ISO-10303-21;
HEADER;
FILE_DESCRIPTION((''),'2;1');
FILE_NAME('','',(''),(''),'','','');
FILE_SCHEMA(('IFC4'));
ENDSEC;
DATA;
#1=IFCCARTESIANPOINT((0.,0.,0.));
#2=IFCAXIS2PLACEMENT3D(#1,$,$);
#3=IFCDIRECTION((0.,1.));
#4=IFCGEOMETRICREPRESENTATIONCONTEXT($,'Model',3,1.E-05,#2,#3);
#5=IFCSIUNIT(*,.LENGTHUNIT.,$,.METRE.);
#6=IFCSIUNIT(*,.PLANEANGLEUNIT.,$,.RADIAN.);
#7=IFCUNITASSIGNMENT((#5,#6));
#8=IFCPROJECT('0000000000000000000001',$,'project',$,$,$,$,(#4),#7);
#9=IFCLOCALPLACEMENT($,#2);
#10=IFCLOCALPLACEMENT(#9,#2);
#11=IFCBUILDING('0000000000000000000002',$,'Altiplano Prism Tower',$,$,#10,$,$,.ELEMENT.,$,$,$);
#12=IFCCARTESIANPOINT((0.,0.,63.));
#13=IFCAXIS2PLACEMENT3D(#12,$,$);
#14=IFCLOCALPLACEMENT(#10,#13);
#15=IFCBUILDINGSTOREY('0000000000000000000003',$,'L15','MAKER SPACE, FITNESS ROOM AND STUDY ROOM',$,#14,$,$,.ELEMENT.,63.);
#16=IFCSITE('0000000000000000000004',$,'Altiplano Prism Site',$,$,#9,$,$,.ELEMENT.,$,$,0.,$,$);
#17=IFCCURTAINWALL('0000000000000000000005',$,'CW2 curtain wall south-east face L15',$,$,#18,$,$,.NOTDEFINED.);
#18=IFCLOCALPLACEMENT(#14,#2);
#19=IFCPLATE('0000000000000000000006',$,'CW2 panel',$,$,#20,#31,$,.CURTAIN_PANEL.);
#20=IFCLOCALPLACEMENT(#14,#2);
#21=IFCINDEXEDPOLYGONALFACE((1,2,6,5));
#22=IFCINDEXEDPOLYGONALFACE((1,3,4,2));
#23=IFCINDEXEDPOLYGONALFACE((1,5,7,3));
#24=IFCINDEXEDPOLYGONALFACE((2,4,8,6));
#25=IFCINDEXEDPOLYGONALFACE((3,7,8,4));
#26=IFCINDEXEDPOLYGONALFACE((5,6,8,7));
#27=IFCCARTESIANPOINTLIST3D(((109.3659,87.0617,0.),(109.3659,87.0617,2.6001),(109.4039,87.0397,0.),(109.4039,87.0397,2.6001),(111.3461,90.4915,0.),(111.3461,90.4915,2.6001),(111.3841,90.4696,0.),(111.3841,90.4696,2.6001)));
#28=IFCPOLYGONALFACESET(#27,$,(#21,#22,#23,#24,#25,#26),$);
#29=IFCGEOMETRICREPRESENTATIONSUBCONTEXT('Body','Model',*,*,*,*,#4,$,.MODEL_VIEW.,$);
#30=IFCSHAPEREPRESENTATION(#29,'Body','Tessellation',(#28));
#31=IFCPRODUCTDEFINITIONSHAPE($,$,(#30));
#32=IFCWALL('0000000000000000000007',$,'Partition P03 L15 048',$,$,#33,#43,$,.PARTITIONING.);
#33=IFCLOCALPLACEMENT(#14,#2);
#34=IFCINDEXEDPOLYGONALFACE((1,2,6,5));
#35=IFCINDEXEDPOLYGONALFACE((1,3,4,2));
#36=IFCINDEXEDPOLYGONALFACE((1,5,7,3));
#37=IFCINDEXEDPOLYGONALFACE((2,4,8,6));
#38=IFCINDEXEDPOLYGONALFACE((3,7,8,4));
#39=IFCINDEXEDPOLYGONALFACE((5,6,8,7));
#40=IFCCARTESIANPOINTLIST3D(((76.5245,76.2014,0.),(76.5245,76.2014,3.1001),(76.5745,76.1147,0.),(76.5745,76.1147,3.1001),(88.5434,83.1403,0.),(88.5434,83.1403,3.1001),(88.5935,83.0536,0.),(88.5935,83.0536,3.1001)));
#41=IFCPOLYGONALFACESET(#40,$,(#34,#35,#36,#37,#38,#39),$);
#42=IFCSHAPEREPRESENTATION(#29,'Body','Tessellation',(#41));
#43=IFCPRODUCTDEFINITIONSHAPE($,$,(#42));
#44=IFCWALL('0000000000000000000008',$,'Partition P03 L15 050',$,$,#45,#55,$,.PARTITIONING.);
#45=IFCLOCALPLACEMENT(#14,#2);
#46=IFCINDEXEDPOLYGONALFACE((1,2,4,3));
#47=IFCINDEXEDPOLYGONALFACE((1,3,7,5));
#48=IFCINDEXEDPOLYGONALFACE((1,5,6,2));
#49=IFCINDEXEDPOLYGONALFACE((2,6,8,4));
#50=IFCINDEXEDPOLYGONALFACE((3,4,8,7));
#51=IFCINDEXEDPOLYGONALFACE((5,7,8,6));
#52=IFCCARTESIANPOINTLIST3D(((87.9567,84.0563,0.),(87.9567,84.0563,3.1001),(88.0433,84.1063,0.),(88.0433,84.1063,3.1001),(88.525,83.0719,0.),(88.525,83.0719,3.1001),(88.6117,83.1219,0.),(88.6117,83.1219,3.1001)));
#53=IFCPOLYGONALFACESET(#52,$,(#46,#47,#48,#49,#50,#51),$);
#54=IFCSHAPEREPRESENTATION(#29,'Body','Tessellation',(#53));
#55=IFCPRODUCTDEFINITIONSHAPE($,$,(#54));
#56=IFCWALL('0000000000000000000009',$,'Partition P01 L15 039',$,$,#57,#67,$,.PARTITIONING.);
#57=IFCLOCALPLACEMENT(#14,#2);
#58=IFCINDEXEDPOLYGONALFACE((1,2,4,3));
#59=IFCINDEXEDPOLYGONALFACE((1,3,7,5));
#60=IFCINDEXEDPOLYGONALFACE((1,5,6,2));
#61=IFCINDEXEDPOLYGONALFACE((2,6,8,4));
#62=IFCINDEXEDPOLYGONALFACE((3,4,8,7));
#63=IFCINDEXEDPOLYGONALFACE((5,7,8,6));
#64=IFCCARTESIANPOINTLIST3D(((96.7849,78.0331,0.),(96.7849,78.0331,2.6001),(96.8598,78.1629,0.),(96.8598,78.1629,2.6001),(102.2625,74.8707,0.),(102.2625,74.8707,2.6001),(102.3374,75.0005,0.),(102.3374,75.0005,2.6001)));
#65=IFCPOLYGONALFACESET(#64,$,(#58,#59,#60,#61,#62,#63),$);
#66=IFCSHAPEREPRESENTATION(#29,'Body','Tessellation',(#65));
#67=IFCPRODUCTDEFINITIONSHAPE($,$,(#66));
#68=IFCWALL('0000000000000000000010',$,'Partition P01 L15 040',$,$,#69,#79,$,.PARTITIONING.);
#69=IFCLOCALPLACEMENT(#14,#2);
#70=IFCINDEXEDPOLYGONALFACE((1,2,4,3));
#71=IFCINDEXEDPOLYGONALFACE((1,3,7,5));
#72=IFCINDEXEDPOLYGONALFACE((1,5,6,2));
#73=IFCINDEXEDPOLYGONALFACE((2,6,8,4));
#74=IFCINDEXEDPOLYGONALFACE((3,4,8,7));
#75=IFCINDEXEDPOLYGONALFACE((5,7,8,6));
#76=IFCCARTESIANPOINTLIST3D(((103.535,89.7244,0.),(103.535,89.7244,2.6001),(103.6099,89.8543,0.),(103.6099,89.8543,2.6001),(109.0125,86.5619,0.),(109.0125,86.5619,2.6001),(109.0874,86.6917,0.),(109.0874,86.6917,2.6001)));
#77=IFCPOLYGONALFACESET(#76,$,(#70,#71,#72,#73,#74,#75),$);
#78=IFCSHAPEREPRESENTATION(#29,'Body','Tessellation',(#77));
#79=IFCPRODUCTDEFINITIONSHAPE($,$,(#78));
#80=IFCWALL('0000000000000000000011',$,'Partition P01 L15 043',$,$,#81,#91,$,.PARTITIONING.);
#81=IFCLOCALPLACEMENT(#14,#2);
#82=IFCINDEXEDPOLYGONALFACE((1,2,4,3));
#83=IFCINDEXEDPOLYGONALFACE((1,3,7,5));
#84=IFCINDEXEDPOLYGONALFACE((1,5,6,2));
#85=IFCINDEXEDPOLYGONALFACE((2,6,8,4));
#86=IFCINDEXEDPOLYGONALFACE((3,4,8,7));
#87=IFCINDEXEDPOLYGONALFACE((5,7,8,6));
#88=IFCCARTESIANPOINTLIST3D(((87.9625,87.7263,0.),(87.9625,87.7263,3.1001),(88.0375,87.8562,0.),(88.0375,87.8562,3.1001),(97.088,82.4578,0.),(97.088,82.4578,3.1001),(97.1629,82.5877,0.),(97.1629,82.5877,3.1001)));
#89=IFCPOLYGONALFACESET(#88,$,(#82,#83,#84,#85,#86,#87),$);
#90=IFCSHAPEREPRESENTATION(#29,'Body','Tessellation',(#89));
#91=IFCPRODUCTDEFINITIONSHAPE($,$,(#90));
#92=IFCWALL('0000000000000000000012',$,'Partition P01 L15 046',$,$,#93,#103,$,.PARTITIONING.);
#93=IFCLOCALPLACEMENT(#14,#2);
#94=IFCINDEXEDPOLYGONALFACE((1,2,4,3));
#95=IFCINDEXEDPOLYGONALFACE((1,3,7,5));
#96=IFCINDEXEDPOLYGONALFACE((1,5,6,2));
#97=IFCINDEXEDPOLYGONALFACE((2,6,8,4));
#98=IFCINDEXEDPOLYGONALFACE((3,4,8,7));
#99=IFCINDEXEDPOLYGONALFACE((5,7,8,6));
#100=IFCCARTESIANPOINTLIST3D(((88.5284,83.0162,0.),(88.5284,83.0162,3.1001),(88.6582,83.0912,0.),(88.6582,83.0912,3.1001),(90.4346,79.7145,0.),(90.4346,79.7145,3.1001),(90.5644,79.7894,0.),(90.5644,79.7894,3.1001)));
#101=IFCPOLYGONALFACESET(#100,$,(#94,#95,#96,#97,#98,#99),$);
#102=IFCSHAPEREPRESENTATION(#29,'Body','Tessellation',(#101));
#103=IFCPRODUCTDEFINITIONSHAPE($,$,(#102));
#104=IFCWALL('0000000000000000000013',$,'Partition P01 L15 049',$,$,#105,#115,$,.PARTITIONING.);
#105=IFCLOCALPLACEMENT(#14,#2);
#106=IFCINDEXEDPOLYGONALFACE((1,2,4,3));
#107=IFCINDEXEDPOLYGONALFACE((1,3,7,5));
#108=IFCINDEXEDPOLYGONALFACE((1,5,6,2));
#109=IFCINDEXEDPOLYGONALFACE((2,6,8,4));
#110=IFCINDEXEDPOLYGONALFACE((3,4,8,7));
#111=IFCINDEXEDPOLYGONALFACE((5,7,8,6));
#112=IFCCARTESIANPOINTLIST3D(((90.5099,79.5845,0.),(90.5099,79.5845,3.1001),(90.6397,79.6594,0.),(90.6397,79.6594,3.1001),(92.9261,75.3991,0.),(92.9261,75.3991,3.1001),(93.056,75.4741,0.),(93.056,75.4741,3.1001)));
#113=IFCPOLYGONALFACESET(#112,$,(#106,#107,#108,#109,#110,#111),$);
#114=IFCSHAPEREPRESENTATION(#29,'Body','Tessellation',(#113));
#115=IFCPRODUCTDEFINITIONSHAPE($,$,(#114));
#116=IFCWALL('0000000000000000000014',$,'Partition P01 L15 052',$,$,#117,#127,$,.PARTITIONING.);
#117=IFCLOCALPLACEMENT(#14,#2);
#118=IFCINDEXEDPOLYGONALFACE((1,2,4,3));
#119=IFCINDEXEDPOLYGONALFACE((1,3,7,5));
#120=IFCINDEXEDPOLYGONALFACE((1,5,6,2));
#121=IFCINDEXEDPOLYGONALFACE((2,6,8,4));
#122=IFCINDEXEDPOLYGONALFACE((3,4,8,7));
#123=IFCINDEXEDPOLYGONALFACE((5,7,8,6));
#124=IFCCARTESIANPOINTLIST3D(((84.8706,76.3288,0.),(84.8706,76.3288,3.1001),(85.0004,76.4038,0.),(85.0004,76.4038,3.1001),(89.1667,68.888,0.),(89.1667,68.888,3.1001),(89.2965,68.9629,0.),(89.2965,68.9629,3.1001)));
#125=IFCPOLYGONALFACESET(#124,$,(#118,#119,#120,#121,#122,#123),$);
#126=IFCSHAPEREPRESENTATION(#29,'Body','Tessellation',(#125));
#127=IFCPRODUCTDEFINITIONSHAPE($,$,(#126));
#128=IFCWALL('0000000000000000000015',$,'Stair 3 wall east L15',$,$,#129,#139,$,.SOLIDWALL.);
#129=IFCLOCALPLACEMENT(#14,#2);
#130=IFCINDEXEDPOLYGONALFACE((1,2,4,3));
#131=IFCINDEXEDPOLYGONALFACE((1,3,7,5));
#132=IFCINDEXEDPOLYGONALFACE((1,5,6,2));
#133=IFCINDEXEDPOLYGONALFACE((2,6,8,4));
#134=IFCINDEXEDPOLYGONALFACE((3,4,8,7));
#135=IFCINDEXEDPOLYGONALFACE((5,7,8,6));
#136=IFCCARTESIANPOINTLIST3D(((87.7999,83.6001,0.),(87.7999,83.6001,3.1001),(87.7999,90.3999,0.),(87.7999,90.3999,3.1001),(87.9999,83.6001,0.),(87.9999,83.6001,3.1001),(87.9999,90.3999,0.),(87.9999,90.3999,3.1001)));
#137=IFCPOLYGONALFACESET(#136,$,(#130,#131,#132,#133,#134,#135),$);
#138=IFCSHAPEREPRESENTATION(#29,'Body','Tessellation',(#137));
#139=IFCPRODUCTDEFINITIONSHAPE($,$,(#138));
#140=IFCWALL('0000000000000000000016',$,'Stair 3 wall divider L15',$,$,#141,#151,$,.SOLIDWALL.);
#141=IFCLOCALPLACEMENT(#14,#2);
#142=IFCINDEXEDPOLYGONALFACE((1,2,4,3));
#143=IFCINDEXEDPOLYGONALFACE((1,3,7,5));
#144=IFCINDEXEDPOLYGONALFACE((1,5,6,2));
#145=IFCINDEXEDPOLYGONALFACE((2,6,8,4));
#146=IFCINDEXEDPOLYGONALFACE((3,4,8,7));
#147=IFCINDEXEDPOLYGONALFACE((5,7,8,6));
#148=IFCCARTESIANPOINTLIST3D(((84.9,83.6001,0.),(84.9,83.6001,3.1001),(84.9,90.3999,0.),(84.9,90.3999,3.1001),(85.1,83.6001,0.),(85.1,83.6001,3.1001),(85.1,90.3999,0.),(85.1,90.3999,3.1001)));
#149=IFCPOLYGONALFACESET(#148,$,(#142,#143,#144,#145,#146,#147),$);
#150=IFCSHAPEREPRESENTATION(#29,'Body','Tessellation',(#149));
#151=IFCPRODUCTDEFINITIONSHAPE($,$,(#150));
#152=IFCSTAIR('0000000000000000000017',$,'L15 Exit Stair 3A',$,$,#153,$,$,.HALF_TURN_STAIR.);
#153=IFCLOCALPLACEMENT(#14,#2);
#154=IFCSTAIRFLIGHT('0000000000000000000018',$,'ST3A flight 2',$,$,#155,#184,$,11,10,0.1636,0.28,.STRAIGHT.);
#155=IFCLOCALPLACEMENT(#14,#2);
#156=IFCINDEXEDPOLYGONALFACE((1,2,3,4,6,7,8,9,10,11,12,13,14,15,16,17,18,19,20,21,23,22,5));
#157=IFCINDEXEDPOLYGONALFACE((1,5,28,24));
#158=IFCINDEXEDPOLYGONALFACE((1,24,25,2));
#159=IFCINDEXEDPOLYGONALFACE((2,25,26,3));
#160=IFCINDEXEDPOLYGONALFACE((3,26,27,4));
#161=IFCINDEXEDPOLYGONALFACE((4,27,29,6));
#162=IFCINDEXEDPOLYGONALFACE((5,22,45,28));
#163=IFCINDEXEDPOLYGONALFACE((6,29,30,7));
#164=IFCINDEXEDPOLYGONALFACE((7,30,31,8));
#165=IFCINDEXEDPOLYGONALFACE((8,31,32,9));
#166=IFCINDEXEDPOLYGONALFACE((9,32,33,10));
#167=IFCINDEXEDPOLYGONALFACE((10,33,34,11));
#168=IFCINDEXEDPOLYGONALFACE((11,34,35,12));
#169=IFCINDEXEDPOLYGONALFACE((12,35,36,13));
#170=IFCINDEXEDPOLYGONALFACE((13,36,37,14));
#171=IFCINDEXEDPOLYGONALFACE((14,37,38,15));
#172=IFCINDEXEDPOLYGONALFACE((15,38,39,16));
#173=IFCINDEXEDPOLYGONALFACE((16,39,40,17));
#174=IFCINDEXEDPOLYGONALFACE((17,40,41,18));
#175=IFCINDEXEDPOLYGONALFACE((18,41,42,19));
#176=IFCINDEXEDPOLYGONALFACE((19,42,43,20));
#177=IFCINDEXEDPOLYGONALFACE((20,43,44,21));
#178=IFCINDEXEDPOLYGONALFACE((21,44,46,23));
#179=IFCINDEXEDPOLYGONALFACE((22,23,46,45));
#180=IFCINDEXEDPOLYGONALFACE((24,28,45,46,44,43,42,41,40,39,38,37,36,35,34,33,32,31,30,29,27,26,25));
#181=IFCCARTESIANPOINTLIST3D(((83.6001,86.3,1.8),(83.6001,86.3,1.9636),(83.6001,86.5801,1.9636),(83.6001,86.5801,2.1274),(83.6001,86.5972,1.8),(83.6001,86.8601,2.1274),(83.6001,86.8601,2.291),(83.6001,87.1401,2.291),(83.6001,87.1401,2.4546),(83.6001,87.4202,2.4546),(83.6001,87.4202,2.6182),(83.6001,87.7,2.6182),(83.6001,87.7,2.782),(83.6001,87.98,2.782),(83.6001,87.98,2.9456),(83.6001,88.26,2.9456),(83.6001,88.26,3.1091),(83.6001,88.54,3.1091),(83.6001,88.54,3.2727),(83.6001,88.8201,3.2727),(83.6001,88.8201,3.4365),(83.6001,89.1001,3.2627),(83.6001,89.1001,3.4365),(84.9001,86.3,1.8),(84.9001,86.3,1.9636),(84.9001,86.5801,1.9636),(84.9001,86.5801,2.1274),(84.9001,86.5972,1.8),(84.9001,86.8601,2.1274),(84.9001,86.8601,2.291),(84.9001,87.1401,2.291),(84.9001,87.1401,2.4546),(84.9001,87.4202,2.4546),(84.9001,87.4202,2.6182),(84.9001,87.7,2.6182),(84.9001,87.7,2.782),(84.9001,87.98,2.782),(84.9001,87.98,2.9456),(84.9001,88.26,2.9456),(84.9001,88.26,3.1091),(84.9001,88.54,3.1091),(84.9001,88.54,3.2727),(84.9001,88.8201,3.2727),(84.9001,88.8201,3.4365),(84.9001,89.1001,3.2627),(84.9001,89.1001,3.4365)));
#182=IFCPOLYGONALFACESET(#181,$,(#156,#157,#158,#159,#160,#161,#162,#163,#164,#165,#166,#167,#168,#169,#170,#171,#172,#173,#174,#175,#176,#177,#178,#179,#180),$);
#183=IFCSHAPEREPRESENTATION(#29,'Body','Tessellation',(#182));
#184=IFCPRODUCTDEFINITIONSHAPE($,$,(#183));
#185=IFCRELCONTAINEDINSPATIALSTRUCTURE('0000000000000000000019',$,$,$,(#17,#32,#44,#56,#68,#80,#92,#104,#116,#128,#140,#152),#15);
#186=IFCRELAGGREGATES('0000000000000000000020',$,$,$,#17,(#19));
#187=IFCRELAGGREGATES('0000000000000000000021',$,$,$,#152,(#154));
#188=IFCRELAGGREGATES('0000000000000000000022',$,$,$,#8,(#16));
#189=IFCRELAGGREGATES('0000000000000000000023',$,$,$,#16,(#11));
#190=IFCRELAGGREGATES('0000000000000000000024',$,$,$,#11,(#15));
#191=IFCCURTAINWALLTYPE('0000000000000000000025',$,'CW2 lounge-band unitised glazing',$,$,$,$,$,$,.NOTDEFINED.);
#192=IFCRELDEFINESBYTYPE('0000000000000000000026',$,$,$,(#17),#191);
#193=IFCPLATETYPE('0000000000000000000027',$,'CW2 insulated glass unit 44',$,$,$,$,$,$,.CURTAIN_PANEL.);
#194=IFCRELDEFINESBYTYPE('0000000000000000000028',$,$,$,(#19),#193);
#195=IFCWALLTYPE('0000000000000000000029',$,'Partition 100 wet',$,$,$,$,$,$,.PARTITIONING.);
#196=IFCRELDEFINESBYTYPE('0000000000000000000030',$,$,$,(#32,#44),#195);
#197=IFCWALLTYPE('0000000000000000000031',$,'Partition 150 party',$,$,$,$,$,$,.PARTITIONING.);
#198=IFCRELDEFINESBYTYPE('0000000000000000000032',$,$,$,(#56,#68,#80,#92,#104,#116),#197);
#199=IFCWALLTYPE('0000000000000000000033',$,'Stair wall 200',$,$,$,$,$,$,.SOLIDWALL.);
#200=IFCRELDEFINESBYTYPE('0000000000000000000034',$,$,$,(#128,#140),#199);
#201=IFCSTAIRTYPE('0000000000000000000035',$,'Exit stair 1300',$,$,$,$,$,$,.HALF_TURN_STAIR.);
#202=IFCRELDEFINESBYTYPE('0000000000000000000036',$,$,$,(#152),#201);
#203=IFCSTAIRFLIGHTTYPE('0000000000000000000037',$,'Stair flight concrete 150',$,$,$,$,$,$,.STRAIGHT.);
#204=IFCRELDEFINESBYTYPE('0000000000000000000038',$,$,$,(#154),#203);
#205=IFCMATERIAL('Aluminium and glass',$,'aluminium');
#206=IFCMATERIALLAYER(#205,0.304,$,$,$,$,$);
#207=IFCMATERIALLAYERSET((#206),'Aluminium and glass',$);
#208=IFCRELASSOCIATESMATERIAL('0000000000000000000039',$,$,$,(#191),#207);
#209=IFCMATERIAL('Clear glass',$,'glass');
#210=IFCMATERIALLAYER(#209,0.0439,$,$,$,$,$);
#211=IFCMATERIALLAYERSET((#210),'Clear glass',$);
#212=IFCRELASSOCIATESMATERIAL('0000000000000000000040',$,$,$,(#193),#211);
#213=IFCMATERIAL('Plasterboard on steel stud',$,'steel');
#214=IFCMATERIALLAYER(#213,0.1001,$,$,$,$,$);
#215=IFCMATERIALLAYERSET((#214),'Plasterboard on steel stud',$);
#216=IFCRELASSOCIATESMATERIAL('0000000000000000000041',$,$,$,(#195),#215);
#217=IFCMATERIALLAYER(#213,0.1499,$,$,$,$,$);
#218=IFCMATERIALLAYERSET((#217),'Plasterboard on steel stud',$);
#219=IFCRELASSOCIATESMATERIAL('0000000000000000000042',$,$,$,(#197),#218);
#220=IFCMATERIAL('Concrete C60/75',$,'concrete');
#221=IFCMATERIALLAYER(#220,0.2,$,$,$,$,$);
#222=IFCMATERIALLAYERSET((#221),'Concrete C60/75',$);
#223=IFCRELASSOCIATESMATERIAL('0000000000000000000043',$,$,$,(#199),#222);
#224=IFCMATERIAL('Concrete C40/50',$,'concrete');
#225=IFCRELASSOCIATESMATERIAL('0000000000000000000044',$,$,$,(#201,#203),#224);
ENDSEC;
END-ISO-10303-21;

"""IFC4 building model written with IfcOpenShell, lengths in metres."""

from ifc_helpers import new_model, si_unit, direction, frame, frame_2d, origin, origin_2d, place, context, subcontext, project, spatial, polyline, rectangle, outline, extrude, material, layer, layer_set, type_object, element, aggregate, save


model = new_model("IFC4")

# Units and contexts
model_context = context("Model", 3, precision=1e-05, world=origin(), true_north=direction((0.0, 1.0)))
body_context = subcontext(model_context, "Body", "Model", "MODEL_VIEW")
ifc_project = project(units=[si_unit("LENGTHUNIT", "METRE"), si_unit("PLANEANGLEUNIT", "RADIAN")], contexts=[model_context])

# Site, building, storey
site_placement = place(None, origin())
site = spatial("IfcSite", under=ifc_project, at=site_placement, Name="Altiplano Prism Site", CompositionType="ELEMENT", RefElevation=0.0)
building_placement = place(site_placement, origin())
building = spatial("IfcBuilding", under=site, at=building_placement, Name="Altiplano Prism Tower", CompositionType="ELEMENT")
storey_placement = place(building_placement, frame((0.0, 0.0, 63.0)))
storey = spatial("IfcBuildingStorey", under=building, at=storey_placement, Name="L15", Description="MAKER SPACE, FITNESS ROOM AND STUDY ROOM", CompositionType="ELEMENT", Elevation=63.0)

# Shared definitions
ifc_material_1 = material(Name="Concrete C60/75", Category="concrete")

# Curtain wall
ifc_material_2 = material(Name="Aluminium and glass", Category="aluminium")
ifc_layer_1 = layer(ifc_material_2, 0.304)
ifc_layer_set_1 = layer_set([ifc_layer_1], Name="Aluminium and glass")
curtain_wall_type = type_object("IfcCurtainWallType", Name="CW2 lounge-band unitised glazing", PredefinedType="NOTDEFINED", material=ifc_layer_set_1)
curtain_wall_placement = place(storey_placement, origin())
curtain_wall = element("IfcCurtainWall", 1, at=curtain_wall_placement, inside=storey, type_object=curtain_wall_type, Name="CW2 curtain wall south-east face L15", PredefinedType="NOTDEFINED")

# Plate
ifc_material_3 = material(Name="Clear glass", Category="glass")
ifc_layer_2 = layer(ifc_material_3, 0.0439)
ifc_layer_set_2 = layer_set([ifc_layer_2], Name="Clear glass")
plate_type = type_object("IfcPlateType", Name="CW2 insulated glass unit 44", PredefinedType="CURTAIN_PANEL", material=ifc_layer_set_2)
plate_1_placement = place(storey_placement, frame((110.375, 88.7656, 0.0), z_axis=(0.0, 0.0, 1.0), x_axis=(0.5, 0.866025, 0.0)))
plate_1 = element("IfcPlate", 2, at=plate_1_placement, type_object=plate_type, Name="CW2 panel", PredefinedType="CURTAIN_PANEL", context=body_context, shape_type="SweptSolid", body=[
    extrude(rectangle(XDim=3.9604, YDim=0.0439, at=origin_2d()), origin(), (0.0, 0.0, 1.0), 2.6001),
])
aggregate(curtain_wall, [plate_1])

# Walls
ifc_material_4 = material(Name="Plasterboard on steel stud", Category="steel")
ifc_layer_3 = layer(ifc_material_4, 0.1001)
ifc_layer_set_3 = layer_set([ifc_layer_3], Name="Plasterboard on steel stud")
wall_type_1 = type_object("IfcWallType", Name="Partition 100 wet", PredefinedType="PARTITIONING", material=ifc_layer_set_3)
wall_1_placement = place(storey_placement, frame((88.5684, 83.0969, 0.0), z_axis=(0.0, 0.0, 1.0), x_axis=(-0.866033, -0.499987, 0.0)))
element("IfcWall", 3, at=wall_1_placement, inside=storey, type_object=wall_type_1, Name="Partition P03 L15 048", PredefinedType="PARTITIONING", context=body_context, shape_type="SweptSolid", body=[
    extrude(rectangle(XDim=13.8782, YDim=0.1001, at=frame_2d((6.939, 0.0))), origin(), (0.0, 0.0, 1.0), 3.1001),
])
wall_2_placement = place(storey_placement, frame((88.0, 84.0813, 0.0), z_axis=(0.0, 0.0, 1.0), x_axis=(0.50002, -0.866014, 0.0)))
element("IfcWall", 4, at=wall_2_placement, inside=storey, type_object=wall_type_1, Name="Partition P03 L15 050", PredefinedType="PARTITIONING", context=body_context, shape_type="SweptSolid", body=[
    extrude(rectangle(XDim=1.1367, YDim=0.1001, at=frame_2d((0.5684, 0.0))), origin(), (0.0, 0.0, 1.0), 3.1001),
])
ifc_layer_4 = layer(ifc_material_4, 0.1499)
ifc_layer_set_4 = layer_set([ifc_layer_4], Name="Plasterboard on steel stud")
wall_type_2 = type_object("IfcWallType", Name="Partition 150 party", PredefinedType="PARTITIONING", material=ifc_layer_set_4)
for number, where, z_axis, x_axis, name in (
    (5, (102.3, 74.9355, 0.0), (0.0, 0.0, 1.0), (-0.866033, 0.499988, 0.0), "Partition P01 L15 039"),
    (6, (109.05, 86.6267, 0.0), (0.0, 0.0, 1.0), (-0.866016, 0.500016, 0.0), "Partition P01 L15 040"),
):
    element("IfcWall", number, at=place(storey_placement, frame(where, z_axis=z_axis, x_axis=x_axis)), inside=storey, type_object=wall_type_2, Name=name, PredefinedType="PARTITIONING", context=body_context, shape_type="SweptSolid", body=[
        extrude(rectangle(XDim=6.325, YDim=0.1499, at=frame_2d((3.1626, 0.0))), origin(), (0.0, 0.0, 1.0), 2.6001),
    ])
wall_3_placement = place(storey_placement, frame((88.0, 87.7913, 0.0), z_axis=(0.0, 0.0, 1.0), x_axis=(0.866027, -0.499997, 0.0)))
element("IfcWall", 7, at=wall_3_placement, inside=storey, type_object=wall_type_2, Name="Partition P01 L15 043", PredefinedType="PARTITIONING", context=body_context, shape_type="SweptSolid", body=[
    extrude(rectangle(XDim=10.5371, YDim=0.1499, at=frame_2d((5.2686, 0.0))), origin(), (0.0, 0.0, 1.0), 3.1001),
])
wall_4_placement = place(storey_placement, frame((90.4995, 79.752, 0.0), z_axis=(0.0, 0.0, 1.0), x_axis=(-0.499996, 0.866028, 0.0)))
element("IfcWall", 8, at=wall_4_placement, inside=storey, type_object=wall_type_2, Name="Partition P01 L15 046", PredefinedType="PARTITIONING", context=body_context, shape_type="SweptSolid", body=[
    extrude(rectangle(XDim=3.8125, YDim=0.1499, at=frame_2d((1.9062, 0.0))), origin(), (0.0, 0.0, 1.0), 3.1001),
])
wall_5_placement = place(storey_placement, frame((90.5747, 79.6221, 0.0), z_axis=(0.0, 0.0, 1.0), x_axis=(0.49998, -0.866037, 0.0)))
element("IfcWall", 9, at=wall_5_placement, inside=storey, type_object=wall_type_2, Name="Partition P01 L15 049", PredefinedType="PARTITIONING", context=body_context, shape_type="SweptSolid", body=[
    extrude(rectangle(XDim=4.8328, YDim=0.1499, at=frame_2d((2.4165, 0.0))), origin(), (0.0, 0.0, 1.0), 3.1001),
])
wall_6_placement = place(storey_placement, frame((84.9355, 76.3662, 0.0), z_axis=(0.0, 0.0, 1.0), x_axis=(0.500011, -0.866019, 0.0)))
element("IfcWall", 10, at=wall_6_placement, inside=storey, type_object=wall_type_2, Name="Partition P01 L15 052", PredefinedType="PARTITIONING", context=body_context, shape_type="SweptSolid", body=[
    extrude(rectangle(XDim=8.592, YDim=0.1499, at=frame_2d((4.2959, 0.0))), origin(), (0.0, 0.0, 1.0), 3.1001),
])
ifc_layer_5 = layer(ifc_material_1, 0.2)
ifc_layer_set_5 = layer_set([ifc_layer_5], Name="Concrete C60/75")
wall_type_3 = type_object("IfcWallType", Name="Stair wall 200", PredefinedType="SOLIDWALL", material=ifc_layer_set_5)
for number, where, z_axis, x_axis, name in (
    (11, (87.8999, 83.6001, 0.0), (0.0, 0.0, 1.0), (0.0, 1.0, 0.0), "Stair 3 wall east L15"),
    (12, (85.0, 83.6001, 0.0), (0.0, 0.0, 1.0), (0.0, 1.0, 0.0), "Stair 3 wall divider L15"),
):
    element("IfcWall", number, at=place(storey_placement, frame(where, z_axis=z_axis, x_axis=x_axis)), inside=storey, type_object=wall_type_3, Name=name, PredefinedType="SOLIDWALL", context=body_context, shape_type="SweptSolid", body=[
        extrude(rectangle(XDim=6.7998, YDim=0.2, at=frame_2d((3.3999, 0.0))), origin(), (0.0, 0.0, 1.0), 3.1001),
    ])

# Stair, stair flight
ifc_material_5 = material(Name="Concrete C40/50", Category="concrete")
stair_type = type_object("IfcStairType", Name="Exit stair 1300", PredefinedType="HALF_TURN_STAIR", material=ifc_material_5)
stair_1_placement = place(storey_placement, origin())
stair_1 = element("IfcStair", 13, at=stair_1_placement, inside=storey, type_object=stair_type, Name="L15 Exit Stair 3A", PredefinedType="HALF_TURN_STAIR")
stair_flight_type = type_object("IfcStairFlightType", Name="Stair flight concrete 150", PredefinedType="STRAIGHT", material=ifc_material_5)
stair_flight_1_placement = place(storey_placement, frame((84.25, 86.3, 1.8), z_axis=(0.0, 0.0, 1.0), x_axis=(0.0, 1.0, 0.0)))
stair_flight_1 = element("IfcStairFlight", 14, at=stair_flight_1_placement, type_object=stair_flight_type, Name="ST3A flight 2", NumberOfRisers=11, NumberOfTreads=10, PredefinedType="STRAIGHT", RiserHeight=0.1636, TreadLength=0.28, context=body_context, shape_type="SweptSolid", body=[
    extrude(outline(polyline([(0.0, 0.0), (0.0, 0.1636), (0.28, 0.1636), (0.28, 0.3274), (0.5601, 0.3274), (0.5601, 0.491), (0.8401, 0.491), (0.8401, 0.6545), (1.1201, 0.6545), (1.1201, 0.8181), (1.3999, 0.8181), (1.3999, 0.9819), (1.6799, 0.9819), (1.6799, 1.1455), (1.96, 1.1455), (1.96, 1.3091), (2.24, 1.3091), (2.24, 1.4727), (2.52, 1.4727), (2.52, 1.6365), (2.8, 1.6365), (2.8, 1.8), (2.8, 1.4626), (0.2971, 0.0), (0.0, 0.0)])), frame((0.0, 0.6499, 0.0), z_axis=(0.0, -1.0, 0.0), x_axis=(1.0, 0.0, 0.0)), (0.0, 0.0, 1.0), 1.3),
])
aggregate(stair_1, [stair_flight_1])

save(model, "model.ifc")
